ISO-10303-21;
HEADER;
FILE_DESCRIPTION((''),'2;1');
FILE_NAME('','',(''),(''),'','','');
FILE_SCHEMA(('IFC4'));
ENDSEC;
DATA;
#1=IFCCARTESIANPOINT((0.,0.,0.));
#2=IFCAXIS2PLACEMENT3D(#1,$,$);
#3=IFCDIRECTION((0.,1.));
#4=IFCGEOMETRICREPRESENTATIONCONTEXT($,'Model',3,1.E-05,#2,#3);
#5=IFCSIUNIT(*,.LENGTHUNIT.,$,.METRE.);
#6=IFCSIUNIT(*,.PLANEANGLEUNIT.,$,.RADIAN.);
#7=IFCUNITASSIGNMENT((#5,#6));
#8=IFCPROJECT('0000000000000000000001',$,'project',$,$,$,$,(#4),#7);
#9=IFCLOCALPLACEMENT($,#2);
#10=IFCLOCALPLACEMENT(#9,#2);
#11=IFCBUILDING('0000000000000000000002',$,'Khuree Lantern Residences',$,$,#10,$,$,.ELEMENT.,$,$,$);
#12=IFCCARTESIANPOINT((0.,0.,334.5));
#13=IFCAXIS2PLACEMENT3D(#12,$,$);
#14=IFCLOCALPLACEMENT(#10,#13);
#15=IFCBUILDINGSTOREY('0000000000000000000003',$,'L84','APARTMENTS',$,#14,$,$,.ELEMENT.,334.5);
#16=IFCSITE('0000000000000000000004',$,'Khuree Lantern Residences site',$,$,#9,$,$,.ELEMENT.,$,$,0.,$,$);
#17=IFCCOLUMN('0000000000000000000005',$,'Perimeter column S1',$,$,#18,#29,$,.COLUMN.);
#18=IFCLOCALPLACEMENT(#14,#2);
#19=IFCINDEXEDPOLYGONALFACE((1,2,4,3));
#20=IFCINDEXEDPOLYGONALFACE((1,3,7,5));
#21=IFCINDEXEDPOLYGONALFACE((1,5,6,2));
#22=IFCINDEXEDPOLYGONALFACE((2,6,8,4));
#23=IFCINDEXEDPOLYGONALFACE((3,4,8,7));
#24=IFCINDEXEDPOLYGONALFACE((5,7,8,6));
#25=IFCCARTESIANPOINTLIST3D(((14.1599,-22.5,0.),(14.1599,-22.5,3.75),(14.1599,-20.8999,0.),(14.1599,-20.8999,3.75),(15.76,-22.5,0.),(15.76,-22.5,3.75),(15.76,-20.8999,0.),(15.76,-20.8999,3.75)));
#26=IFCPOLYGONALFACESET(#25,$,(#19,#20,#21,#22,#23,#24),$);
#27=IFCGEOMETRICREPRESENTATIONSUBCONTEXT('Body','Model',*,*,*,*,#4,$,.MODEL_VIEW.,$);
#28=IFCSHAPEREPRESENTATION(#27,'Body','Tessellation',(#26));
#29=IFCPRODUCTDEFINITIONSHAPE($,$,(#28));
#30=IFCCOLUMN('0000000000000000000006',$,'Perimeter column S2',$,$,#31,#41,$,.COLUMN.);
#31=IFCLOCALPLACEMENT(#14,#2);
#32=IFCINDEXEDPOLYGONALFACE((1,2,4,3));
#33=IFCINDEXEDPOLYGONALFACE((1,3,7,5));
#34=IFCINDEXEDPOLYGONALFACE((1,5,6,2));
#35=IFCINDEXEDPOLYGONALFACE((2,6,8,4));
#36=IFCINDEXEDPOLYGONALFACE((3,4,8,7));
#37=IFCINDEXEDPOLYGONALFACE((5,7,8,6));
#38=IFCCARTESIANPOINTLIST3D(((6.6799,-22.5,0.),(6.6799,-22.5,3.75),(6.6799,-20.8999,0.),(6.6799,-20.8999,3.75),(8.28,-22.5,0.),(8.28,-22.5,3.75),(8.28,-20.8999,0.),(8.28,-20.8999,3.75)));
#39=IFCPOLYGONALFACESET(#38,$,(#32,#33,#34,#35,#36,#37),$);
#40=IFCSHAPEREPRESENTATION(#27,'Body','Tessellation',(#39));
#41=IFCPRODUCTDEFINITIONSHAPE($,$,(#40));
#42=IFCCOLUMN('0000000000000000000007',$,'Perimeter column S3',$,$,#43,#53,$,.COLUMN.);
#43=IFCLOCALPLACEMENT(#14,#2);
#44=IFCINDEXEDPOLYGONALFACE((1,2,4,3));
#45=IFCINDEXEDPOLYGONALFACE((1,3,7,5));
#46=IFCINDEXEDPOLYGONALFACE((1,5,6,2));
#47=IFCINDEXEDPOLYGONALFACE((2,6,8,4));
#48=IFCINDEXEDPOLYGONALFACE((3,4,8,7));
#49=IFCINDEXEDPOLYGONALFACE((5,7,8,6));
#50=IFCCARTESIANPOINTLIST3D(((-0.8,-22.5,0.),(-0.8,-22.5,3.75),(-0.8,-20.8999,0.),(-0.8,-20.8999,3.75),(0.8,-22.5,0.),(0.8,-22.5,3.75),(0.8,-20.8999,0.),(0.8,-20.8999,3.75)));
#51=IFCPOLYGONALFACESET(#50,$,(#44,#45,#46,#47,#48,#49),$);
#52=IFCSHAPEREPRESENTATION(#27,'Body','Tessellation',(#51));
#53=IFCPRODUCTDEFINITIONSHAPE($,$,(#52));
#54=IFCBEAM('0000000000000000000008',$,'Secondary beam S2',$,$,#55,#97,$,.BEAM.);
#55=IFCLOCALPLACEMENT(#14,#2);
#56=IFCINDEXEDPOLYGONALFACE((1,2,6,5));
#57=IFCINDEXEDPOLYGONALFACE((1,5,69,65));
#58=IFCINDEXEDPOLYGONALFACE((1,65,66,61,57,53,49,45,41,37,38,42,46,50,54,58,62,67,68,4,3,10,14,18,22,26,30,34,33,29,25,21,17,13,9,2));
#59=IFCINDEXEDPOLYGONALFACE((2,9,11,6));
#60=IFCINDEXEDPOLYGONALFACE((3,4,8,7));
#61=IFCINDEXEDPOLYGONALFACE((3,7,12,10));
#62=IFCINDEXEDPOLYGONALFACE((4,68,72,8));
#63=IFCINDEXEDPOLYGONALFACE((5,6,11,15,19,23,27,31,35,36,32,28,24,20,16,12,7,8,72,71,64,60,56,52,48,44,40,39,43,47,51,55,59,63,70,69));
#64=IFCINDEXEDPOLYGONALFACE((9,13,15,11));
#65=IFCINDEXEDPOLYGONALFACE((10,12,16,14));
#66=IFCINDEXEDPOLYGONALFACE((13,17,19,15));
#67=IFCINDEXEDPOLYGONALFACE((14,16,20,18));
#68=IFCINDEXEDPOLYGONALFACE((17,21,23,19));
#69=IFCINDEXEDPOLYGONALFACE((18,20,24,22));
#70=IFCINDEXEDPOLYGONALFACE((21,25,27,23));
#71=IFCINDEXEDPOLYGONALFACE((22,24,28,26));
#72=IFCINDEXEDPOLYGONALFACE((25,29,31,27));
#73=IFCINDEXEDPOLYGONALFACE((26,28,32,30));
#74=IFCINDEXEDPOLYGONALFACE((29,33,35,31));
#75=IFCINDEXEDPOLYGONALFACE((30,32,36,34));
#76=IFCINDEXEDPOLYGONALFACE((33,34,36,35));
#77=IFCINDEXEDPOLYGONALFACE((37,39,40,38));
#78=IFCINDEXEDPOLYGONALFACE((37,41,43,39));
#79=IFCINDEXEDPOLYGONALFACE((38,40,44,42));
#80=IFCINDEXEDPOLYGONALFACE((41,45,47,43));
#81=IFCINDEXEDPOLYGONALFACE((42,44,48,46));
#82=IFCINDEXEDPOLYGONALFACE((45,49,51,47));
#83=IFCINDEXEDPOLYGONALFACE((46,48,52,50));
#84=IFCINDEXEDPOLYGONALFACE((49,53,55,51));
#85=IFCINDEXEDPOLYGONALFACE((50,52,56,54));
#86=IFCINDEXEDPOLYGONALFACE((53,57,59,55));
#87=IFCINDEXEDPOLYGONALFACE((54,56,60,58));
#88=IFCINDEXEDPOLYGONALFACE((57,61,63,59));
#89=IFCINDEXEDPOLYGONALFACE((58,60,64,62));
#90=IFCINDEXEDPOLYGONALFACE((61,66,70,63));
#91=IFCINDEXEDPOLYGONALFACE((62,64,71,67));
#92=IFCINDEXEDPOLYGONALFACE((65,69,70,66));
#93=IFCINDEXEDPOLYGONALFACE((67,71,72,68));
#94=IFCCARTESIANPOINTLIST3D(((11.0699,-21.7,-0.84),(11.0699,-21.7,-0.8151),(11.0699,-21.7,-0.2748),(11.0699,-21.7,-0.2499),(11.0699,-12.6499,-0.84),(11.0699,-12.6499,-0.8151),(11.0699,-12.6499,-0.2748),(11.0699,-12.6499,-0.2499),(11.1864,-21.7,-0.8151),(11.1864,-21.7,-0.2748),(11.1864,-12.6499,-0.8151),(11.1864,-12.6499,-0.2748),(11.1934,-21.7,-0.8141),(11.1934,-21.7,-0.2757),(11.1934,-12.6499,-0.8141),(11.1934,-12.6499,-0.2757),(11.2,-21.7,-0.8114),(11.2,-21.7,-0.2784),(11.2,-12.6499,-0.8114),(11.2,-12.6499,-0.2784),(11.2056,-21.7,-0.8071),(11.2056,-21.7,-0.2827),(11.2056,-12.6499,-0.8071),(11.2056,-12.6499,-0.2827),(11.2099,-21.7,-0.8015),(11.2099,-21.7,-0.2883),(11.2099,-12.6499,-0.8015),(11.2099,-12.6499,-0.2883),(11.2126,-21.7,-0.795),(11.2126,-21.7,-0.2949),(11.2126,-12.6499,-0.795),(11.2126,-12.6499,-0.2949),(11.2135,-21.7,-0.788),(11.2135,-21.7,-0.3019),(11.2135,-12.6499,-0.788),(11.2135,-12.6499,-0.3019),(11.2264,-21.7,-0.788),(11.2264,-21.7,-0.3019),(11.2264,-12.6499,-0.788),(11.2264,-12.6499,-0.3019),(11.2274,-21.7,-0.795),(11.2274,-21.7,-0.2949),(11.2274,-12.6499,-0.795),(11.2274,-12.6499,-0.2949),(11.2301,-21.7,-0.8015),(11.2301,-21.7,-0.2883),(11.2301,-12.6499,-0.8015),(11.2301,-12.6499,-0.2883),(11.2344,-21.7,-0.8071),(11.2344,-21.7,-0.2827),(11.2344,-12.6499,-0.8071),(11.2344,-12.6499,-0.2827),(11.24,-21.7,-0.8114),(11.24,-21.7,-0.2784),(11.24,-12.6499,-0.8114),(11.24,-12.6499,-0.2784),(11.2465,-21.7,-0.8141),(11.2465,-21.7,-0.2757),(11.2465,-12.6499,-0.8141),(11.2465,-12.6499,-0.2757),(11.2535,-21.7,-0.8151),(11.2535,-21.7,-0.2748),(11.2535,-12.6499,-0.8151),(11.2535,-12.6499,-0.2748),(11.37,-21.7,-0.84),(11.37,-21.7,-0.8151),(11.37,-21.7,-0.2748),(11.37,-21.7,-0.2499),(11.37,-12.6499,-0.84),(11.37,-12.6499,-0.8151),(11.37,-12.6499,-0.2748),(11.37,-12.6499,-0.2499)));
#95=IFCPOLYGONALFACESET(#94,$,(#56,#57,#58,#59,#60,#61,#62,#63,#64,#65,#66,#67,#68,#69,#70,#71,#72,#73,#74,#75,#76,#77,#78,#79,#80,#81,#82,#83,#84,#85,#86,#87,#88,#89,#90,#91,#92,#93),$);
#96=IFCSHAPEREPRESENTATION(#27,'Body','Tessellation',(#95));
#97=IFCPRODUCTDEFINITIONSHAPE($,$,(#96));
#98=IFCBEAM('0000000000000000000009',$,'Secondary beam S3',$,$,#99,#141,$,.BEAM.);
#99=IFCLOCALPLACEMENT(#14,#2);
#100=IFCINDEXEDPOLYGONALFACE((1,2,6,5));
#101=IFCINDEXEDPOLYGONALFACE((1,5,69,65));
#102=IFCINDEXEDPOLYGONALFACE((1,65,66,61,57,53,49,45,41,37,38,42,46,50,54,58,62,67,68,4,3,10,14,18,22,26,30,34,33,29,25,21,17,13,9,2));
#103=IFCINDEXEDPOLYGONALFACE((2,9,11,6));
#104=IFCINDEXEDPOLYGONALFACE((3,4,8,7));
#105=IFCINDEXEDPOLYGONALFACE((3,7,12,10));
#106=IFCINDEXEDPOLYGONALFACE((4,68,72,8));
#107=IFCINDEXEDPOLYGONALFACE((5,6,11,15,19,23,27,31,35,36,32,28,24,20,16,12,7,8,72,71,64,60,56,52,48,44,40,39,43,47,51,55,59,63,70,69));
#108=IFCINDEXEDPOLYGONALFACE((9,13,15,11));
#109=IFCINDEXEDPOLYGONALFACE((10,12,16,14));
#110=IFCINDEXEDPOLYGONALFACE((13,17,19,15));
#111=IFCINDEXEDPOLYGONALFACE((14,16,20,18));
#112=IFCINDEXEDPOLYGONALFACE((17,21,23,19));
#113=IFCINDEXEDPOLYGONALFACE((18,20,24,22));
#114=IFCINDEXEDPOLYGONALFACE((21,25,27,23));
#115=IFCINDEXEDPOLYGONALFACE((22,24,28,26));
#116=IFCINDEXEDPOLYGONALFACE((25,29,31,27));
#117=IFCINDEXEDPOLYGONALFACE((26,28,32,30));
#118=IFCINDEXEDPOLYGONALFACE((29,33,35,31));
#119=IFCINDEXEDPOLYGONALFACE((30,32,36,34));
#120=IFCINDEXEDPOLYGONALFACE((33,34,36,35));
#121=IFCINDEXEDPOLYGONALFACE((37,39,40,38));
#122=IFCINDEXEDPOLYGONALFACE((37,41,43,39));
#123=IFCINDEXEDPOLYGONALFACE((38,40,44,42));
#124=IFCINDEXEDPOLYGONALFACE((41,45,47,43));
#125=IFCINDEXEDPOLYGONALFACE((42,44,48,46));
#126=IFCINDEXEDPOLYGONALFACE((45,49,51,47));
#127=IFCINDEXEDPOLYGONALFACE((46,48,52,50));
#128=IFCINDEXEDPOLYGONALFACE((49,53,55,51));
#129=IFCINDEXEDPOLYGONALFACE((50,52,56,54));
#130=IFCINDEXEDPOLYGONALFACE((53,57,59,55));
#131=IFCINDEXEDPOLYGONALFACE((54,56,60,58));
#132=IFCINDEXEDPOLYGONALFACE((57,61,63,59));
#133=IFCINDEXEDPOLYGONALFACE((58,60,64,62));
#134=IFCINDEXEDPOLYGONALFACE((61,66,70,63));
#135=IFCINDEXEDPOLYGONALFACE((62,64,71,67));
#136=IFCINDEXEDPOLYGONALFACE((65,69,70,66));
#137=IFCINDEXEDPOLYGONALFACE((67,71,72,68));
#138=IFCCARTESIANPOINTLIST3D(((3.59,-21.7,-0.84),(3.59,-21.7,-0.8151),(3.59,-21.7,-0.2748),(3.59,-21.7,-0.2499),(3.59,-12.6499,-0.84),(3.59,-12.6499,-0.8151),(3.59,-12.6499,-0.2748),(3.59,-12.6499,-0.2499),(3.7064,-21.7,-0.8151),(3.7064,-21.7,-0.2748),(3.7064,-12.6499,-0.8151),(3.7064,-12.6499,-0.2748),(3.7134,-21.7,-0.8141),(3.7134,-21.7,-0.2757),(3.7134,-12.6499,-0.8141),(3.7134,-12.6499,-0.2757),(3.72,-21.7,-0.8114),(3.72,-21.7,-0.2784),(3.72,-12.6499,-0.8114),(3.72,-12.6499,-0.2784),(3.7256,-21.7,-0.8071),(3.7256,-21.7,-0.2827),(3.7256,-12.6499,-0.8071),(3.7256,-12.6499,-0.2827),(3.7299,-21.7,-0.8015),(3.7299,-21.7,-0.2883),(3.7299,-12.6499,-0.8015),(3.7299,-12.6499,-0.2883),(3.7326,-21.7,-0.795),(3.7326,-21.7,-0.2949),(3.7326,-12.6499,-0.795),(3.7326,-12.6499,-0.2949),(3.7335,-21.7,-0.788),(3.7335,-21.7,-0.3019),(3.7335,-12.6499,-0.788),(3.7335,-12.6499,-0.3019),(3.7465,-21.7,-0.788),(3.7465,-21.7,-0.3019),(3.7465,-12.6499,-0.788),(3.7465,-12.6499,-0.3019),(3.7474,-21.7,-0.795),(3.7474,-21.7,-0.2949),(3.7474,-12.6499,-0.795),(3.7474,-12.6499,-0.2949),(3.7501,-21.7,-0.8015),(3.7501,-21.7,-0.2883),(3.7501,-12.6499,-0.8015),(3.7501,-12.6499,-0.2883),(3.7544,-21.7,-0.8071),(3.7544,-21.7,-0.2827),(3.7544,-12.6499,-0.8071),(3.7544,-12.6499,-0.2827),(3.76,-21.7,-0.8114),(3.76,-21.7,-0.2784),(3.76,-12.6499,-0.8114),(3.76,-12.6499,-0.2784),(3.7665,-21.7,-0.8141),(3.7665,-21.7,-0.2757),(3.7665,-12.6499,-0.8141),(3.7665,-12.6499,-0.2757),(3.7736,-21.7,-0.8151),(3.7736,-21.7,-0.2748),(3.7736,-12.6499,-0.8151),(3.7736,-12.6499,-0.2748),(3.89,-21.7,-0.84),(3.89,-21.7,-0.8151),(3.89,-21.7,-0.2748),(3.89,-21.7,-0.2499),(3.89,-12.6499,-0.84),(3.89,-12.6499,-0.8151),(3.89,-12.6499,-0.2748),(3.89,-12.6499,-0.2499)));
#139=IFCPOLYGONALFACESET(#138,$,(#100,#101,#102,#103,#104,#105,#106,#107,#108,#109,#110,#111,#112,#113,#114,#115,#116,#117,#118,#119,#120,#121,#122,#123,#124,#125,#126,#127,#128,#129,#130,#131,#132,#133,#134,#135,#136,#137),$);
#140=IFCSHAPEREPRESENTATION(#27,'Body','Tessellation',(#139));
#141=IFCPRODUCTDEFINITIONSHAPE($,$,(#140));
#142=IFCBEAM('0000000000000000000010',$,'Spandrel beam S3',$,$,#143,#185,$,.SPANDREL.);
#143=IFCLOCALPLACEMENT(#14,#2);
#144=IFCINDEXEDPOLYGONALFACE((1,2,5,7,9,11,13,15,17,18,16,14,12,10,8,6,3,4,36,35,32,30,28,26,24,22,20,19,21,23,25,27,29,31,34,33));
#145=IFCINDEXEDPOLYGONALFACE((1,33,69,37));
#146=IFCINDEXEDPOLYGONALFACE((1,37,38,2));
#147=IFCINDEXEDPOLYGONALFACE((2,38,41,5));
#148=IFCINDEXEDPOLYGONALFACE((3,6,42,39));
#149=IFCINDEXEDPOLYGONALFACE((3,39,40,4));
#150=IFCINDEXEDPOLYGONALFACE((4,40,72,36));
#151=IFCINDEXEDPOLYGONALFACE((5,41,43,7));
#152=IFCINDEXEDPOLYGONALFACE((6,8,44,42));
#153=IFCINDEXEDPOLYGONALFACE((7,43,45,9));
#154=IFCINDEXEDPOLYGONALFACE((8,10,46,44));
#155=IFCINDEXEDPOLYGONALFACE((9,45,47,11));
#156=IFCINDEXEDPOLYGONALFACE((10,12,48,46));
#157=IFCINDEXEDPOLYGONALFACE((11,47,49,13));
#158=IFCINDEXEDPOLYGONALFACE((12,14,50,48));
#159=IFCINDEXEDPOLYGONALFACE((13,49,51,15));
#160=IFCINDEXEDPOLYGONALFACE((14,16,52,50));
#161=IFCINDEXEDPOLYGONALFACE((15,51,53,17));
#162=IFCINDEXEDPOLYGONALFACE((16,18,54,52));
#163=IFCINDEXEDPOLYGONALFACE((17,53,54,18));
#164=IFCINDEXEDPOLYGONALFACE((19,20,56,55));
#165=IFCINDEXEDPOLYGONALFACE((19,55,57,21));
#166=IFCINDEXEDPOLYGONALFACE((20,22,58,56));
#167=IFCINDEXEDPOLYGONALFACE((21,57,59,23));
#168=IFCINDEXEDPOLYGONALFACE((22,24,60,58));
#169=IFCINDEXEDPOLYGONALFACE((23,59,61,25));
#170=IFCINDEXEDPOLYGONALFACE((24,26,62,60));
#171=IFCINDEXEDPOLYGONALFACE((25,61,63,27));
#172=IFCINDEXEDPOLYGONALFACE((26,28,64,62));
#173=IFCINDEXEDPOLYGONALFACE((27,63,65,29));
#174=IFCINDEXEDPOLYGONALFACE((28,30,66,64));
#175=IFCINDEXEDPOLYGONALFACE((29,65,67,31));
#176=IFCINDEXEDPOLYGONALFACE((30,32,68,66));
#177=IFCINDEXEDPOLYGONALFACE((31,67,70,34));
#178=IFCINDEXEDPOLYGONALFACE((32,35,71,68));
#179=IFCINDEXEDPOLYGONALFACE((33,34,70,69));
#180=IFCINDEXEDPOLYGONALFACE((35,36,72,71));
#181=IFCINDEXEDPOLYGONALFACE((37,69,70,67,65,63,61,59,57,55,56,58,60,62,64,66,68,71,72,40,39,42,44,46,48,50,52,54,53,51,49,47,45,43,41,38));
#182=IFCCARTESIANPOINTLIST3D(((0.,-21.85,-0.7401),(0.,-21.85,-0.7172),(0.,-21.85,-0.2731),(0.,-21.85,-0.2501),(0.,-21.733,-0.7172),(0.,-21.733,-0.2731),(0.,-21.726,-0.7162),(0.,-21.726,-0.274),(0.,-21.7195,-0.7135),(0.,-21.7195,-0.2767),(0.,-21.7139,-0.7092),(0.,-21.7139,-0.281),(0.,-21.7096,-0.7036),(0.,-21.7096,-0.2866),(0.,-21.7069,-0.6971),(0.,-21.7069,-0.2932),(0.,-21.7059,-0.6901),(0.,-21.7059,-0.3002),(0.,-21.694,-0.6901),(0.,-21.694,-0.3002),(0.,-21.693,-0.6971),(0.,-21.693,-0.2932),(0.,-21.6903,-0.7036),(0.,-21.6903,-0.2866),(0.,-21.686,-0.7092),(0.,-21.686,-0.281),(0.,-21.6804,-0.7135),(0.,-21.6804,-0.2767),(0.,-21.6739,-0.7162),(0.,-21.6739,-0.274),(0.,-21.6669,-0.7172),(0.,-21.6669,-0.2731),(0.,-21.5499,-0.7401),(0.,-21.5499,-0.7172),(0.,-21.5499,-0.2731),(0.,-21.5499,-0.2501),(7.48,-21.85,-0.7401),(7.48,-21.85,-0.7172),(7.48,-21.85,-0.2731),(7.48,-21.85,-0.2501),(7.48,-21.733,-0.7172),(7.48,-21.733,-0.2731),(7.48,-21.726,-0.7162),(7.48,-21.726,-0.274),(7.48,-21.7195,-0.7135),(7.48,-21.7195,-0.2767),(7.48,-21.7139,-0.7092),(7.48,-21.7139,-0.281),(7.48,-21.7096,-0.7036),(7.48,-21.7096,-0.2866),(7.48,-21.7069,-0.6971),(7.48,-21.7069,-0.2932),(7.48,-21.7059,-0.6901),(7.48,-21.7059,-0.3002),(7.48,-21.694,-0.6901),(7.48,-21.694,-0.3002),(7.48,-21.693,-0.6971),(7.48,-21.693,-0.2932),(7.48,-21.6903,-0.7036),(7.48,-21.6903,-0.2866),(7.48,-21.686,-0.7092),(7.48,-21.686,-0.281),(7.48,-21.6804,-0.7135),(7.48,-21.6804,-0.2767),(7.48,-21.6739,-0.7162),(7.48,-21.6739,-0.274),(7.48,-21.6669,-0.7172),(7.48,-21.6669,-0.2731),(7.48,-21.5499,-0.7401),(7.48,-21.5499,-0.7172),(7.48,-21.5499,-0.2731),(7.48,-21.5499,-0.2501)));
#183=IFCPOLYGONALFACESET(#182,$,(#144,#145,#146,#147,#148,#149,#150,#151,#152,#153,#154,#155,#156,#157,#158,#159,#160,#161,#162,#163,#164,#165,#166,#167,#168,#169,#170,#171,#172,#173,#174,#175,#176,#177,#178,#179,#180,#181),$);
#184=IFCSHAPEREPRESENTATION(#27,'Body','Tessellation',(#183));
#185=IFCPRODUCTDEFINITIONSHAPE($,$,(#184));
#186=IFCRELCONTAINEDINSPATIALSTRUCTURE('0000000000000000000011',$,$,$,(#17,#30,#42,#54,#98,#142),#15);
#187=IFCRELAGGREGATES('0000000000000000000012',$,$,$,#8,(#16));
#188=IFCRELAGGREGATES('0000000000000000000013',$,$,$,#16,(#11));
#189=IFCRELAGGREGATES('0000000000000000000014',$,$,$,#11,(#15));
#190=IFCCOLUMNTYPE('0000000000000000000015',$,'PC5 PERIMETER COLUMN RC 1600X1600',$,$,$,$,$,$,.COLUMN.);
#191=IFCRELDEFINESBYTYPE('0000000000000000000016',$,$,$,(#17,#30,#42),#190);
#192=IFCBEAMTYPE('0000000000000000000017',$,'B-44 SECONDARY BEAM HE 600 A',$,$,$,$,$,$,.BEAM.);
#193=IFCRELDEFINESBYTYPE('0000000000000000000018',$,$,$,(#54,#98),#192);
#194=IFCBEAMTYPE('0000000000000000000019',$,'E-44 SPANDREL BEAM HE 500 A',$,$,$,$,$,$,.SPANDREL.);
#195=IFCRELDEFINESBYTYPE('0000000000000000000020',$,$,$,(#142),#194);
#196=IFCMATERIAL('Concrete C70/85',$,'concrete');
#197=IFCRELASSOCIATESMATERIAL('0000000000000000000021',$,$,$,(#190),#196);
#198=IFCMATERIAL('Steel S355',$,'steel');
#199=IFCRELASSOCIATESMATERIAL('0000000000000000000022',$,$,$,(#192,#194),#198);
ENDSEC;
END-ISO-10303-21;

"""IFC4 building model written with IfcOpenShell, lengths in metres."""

from ifc_helpers import new_model, si_unit, direction, frame, origin, origin_2d, place, context, subcontext, project, spatial, rectangle, i_section, extrude, material, material_profile, profile_set, type_object, element, save


model = new_model("IFC4")

# Units and contexts
model_context = context("Model", 3, precision=1e-05, world=origin(), true_north=direction((0.0, 1.0)))
body_context = subcontext(model_context, "Body", "Model", "MODEL_VIEW")
ifc_project = project(units=[si_unit("LENGTHUNIT", "METRE"), si_unit("PLANEANGLEUNIT", "RADIAN")], contexts=[model_context])

# Site, building, storey
site_placement = place(None, origin())
site = spatial("IfcSite", under=ifc_project, at=site_placement, Name="Khuree Lantern Residences site", CompositionType="ELEMENT", RefElevation=0.0)
building_placement = place(site_placement, origin())
building = spatial("IfcBuilding", under=site, at=building_placement, Name="Khuree Lantern Residences", CompositionType="ELEMENT")
storey_placement = place(building_placement, frame((0.0, 0.0, 334.5)))
storey = spatial("IfcBuildingStorey", under=building, at=storey_placement, Name="L84", Description="APARTMENTS", CompositionType="ELEMENT", Elevation=334.5)

# Columns
ifc_material_1 = material(Name="Concrete C70/85", Category="concrete")
ifc_material_profile_1 = material_profile(ifc_material_1, rectangle(XDim=1.6001, YDim=1.6001, at=origin_2d()), Name="RC 1600X1600")
ifc_profile_set_1 = profile_set([ifc_material_profile_1], Name="Concrete C70/85")
column_type = type_object("IfcColumnType", Name="PC5 PERIMETER COLUMN RC 1600X1600", PredefinedType="COLUMN", material=ifc_profile_set_1)
for number, where, z_axis, x_axis, name in (
    (1, (14.96, -21.7, 0.0), (0.0, 0.0, 1.0), (1.0, 0.0, 0.0), "Perimeter column S1"),
    (2, (7.48, -21.7, 0.0), (0.0, 0.0, 1.0), (1.0, 0.0, 0.0), "Perimeter column S2"),
    (3, (0.0, -21.7, 0.0), (0.0, 0.0, 1.0), (1.0, 0.0, 0.0), "Perimeter column S3"),
):
    element("IfcColumn", number, at=place(storey_placement, frame(where, z_axis=z_axis, x_axis=x_axis)), inside=storey, type_object=column_type, Name=name, PredefinedType="COLUMN", context=body_context, shape_type="SweptSolid", body=[
        extrude(rectangle(XDim=1.6001, YDim=1.6001, at=origin_2d()), origin(), (0.0, 0.0, 1.0), 3.75),
    ])

# Beams
ifc_material_2 = material(Name="Steel S355", Category="steel")
ifc_material_profile_2 = material_profile(ifc_material_2, i_section(OverallWidth=0.3, OverallDepth=0.5901, WebThickness=0.0129, FlangeThickness=0.0249, FilletRadius=0.0271, at=origin_2d()), Name="HE 600 A")
ifc_profile_set_2 = profile_set([ifc_material_profile_2], Name="Steel S355")
beam_type_1 = type_object("IfcBeamType", Name="B-44 SECONDARY BEAM HE 600 A", PredefinedType="BEAM", material=ifc_profile_set_2)
for number, where, z_axis, x_axis, name in (
    (4, (11.22, -21.7, -0.5449), (0.0, 1.0, 0.0), (-1.0, 0.0, 0.0), "Secondary beam S2"),
    (5, (3.74, -21.7, -0.5449), (0.0, 1.0, 0.0), (-1.0, 0.0, 0.0), "Secondary beam S3"),
):
    element("IfcBeam", number, at=place(storey_placement, frame(where, z_axis=z_axis, x_axis=x_axis)), inside=storey, type_object=beam_type_1, Name=name, PredefinedType="BEAM", context=body_context, shape_type="SweptSolid", body=[
        extrude(i_section(OverallWidth=0.3, OverallDepth=0.5901, WebThickness=0.0129, FlangeThickness=0.0249, FilletRadius=0.0271, at=origin_2d()), origin(), (0.0, 0.0, 1.0), 9.05),
    ])
ifc_material_profile_3 = material_profile(ifc_material_2, i_section(OverallWidth=0.3, OverallDepth=0.49, WebThickness=0.012, FlangeThickness=0.0229, FilletRadius=0.0271, at=origin_2d()), Name="HE 500 A")
ifc_profile_set_3 = profile_set([ifc_material_profile_3], Name="Steel S355")
beam_type_2 = type_object("IfcBeamType", Name="E-44 SPANDREL BEAM HE 500 A", PredefinedType="SPANDREL", material=ifc_profile_set_3)
for number, where, z_axis, x_axis, name in (
    (6, (7.48, -21.7, -0.4951), (-1.0, 0.0, 0.0), (0.0, -1.0, 0.0), "Spandrel beam S3"),
):
    element("IfcBeam", number, at=place(storey_placement, frame(where, z_axis=z_axis, x_axis=x_axis)), inside=storey, type_object=beam_type_2, Name=name, PredefinedType="SPANDREL", context=body_context, shape_type="SweptSolid", body=[
        extrude(i_section(OverallWidth=0.3, OverallDepth=0.49, WebThickness=0.012, FlangeThickness=0.0229, FilletRadius=0.0271, at=origin_2d()), origin(), (0.0, 0.0, 1.0), 7.48),
    ])

save(model, "model.ifc")
